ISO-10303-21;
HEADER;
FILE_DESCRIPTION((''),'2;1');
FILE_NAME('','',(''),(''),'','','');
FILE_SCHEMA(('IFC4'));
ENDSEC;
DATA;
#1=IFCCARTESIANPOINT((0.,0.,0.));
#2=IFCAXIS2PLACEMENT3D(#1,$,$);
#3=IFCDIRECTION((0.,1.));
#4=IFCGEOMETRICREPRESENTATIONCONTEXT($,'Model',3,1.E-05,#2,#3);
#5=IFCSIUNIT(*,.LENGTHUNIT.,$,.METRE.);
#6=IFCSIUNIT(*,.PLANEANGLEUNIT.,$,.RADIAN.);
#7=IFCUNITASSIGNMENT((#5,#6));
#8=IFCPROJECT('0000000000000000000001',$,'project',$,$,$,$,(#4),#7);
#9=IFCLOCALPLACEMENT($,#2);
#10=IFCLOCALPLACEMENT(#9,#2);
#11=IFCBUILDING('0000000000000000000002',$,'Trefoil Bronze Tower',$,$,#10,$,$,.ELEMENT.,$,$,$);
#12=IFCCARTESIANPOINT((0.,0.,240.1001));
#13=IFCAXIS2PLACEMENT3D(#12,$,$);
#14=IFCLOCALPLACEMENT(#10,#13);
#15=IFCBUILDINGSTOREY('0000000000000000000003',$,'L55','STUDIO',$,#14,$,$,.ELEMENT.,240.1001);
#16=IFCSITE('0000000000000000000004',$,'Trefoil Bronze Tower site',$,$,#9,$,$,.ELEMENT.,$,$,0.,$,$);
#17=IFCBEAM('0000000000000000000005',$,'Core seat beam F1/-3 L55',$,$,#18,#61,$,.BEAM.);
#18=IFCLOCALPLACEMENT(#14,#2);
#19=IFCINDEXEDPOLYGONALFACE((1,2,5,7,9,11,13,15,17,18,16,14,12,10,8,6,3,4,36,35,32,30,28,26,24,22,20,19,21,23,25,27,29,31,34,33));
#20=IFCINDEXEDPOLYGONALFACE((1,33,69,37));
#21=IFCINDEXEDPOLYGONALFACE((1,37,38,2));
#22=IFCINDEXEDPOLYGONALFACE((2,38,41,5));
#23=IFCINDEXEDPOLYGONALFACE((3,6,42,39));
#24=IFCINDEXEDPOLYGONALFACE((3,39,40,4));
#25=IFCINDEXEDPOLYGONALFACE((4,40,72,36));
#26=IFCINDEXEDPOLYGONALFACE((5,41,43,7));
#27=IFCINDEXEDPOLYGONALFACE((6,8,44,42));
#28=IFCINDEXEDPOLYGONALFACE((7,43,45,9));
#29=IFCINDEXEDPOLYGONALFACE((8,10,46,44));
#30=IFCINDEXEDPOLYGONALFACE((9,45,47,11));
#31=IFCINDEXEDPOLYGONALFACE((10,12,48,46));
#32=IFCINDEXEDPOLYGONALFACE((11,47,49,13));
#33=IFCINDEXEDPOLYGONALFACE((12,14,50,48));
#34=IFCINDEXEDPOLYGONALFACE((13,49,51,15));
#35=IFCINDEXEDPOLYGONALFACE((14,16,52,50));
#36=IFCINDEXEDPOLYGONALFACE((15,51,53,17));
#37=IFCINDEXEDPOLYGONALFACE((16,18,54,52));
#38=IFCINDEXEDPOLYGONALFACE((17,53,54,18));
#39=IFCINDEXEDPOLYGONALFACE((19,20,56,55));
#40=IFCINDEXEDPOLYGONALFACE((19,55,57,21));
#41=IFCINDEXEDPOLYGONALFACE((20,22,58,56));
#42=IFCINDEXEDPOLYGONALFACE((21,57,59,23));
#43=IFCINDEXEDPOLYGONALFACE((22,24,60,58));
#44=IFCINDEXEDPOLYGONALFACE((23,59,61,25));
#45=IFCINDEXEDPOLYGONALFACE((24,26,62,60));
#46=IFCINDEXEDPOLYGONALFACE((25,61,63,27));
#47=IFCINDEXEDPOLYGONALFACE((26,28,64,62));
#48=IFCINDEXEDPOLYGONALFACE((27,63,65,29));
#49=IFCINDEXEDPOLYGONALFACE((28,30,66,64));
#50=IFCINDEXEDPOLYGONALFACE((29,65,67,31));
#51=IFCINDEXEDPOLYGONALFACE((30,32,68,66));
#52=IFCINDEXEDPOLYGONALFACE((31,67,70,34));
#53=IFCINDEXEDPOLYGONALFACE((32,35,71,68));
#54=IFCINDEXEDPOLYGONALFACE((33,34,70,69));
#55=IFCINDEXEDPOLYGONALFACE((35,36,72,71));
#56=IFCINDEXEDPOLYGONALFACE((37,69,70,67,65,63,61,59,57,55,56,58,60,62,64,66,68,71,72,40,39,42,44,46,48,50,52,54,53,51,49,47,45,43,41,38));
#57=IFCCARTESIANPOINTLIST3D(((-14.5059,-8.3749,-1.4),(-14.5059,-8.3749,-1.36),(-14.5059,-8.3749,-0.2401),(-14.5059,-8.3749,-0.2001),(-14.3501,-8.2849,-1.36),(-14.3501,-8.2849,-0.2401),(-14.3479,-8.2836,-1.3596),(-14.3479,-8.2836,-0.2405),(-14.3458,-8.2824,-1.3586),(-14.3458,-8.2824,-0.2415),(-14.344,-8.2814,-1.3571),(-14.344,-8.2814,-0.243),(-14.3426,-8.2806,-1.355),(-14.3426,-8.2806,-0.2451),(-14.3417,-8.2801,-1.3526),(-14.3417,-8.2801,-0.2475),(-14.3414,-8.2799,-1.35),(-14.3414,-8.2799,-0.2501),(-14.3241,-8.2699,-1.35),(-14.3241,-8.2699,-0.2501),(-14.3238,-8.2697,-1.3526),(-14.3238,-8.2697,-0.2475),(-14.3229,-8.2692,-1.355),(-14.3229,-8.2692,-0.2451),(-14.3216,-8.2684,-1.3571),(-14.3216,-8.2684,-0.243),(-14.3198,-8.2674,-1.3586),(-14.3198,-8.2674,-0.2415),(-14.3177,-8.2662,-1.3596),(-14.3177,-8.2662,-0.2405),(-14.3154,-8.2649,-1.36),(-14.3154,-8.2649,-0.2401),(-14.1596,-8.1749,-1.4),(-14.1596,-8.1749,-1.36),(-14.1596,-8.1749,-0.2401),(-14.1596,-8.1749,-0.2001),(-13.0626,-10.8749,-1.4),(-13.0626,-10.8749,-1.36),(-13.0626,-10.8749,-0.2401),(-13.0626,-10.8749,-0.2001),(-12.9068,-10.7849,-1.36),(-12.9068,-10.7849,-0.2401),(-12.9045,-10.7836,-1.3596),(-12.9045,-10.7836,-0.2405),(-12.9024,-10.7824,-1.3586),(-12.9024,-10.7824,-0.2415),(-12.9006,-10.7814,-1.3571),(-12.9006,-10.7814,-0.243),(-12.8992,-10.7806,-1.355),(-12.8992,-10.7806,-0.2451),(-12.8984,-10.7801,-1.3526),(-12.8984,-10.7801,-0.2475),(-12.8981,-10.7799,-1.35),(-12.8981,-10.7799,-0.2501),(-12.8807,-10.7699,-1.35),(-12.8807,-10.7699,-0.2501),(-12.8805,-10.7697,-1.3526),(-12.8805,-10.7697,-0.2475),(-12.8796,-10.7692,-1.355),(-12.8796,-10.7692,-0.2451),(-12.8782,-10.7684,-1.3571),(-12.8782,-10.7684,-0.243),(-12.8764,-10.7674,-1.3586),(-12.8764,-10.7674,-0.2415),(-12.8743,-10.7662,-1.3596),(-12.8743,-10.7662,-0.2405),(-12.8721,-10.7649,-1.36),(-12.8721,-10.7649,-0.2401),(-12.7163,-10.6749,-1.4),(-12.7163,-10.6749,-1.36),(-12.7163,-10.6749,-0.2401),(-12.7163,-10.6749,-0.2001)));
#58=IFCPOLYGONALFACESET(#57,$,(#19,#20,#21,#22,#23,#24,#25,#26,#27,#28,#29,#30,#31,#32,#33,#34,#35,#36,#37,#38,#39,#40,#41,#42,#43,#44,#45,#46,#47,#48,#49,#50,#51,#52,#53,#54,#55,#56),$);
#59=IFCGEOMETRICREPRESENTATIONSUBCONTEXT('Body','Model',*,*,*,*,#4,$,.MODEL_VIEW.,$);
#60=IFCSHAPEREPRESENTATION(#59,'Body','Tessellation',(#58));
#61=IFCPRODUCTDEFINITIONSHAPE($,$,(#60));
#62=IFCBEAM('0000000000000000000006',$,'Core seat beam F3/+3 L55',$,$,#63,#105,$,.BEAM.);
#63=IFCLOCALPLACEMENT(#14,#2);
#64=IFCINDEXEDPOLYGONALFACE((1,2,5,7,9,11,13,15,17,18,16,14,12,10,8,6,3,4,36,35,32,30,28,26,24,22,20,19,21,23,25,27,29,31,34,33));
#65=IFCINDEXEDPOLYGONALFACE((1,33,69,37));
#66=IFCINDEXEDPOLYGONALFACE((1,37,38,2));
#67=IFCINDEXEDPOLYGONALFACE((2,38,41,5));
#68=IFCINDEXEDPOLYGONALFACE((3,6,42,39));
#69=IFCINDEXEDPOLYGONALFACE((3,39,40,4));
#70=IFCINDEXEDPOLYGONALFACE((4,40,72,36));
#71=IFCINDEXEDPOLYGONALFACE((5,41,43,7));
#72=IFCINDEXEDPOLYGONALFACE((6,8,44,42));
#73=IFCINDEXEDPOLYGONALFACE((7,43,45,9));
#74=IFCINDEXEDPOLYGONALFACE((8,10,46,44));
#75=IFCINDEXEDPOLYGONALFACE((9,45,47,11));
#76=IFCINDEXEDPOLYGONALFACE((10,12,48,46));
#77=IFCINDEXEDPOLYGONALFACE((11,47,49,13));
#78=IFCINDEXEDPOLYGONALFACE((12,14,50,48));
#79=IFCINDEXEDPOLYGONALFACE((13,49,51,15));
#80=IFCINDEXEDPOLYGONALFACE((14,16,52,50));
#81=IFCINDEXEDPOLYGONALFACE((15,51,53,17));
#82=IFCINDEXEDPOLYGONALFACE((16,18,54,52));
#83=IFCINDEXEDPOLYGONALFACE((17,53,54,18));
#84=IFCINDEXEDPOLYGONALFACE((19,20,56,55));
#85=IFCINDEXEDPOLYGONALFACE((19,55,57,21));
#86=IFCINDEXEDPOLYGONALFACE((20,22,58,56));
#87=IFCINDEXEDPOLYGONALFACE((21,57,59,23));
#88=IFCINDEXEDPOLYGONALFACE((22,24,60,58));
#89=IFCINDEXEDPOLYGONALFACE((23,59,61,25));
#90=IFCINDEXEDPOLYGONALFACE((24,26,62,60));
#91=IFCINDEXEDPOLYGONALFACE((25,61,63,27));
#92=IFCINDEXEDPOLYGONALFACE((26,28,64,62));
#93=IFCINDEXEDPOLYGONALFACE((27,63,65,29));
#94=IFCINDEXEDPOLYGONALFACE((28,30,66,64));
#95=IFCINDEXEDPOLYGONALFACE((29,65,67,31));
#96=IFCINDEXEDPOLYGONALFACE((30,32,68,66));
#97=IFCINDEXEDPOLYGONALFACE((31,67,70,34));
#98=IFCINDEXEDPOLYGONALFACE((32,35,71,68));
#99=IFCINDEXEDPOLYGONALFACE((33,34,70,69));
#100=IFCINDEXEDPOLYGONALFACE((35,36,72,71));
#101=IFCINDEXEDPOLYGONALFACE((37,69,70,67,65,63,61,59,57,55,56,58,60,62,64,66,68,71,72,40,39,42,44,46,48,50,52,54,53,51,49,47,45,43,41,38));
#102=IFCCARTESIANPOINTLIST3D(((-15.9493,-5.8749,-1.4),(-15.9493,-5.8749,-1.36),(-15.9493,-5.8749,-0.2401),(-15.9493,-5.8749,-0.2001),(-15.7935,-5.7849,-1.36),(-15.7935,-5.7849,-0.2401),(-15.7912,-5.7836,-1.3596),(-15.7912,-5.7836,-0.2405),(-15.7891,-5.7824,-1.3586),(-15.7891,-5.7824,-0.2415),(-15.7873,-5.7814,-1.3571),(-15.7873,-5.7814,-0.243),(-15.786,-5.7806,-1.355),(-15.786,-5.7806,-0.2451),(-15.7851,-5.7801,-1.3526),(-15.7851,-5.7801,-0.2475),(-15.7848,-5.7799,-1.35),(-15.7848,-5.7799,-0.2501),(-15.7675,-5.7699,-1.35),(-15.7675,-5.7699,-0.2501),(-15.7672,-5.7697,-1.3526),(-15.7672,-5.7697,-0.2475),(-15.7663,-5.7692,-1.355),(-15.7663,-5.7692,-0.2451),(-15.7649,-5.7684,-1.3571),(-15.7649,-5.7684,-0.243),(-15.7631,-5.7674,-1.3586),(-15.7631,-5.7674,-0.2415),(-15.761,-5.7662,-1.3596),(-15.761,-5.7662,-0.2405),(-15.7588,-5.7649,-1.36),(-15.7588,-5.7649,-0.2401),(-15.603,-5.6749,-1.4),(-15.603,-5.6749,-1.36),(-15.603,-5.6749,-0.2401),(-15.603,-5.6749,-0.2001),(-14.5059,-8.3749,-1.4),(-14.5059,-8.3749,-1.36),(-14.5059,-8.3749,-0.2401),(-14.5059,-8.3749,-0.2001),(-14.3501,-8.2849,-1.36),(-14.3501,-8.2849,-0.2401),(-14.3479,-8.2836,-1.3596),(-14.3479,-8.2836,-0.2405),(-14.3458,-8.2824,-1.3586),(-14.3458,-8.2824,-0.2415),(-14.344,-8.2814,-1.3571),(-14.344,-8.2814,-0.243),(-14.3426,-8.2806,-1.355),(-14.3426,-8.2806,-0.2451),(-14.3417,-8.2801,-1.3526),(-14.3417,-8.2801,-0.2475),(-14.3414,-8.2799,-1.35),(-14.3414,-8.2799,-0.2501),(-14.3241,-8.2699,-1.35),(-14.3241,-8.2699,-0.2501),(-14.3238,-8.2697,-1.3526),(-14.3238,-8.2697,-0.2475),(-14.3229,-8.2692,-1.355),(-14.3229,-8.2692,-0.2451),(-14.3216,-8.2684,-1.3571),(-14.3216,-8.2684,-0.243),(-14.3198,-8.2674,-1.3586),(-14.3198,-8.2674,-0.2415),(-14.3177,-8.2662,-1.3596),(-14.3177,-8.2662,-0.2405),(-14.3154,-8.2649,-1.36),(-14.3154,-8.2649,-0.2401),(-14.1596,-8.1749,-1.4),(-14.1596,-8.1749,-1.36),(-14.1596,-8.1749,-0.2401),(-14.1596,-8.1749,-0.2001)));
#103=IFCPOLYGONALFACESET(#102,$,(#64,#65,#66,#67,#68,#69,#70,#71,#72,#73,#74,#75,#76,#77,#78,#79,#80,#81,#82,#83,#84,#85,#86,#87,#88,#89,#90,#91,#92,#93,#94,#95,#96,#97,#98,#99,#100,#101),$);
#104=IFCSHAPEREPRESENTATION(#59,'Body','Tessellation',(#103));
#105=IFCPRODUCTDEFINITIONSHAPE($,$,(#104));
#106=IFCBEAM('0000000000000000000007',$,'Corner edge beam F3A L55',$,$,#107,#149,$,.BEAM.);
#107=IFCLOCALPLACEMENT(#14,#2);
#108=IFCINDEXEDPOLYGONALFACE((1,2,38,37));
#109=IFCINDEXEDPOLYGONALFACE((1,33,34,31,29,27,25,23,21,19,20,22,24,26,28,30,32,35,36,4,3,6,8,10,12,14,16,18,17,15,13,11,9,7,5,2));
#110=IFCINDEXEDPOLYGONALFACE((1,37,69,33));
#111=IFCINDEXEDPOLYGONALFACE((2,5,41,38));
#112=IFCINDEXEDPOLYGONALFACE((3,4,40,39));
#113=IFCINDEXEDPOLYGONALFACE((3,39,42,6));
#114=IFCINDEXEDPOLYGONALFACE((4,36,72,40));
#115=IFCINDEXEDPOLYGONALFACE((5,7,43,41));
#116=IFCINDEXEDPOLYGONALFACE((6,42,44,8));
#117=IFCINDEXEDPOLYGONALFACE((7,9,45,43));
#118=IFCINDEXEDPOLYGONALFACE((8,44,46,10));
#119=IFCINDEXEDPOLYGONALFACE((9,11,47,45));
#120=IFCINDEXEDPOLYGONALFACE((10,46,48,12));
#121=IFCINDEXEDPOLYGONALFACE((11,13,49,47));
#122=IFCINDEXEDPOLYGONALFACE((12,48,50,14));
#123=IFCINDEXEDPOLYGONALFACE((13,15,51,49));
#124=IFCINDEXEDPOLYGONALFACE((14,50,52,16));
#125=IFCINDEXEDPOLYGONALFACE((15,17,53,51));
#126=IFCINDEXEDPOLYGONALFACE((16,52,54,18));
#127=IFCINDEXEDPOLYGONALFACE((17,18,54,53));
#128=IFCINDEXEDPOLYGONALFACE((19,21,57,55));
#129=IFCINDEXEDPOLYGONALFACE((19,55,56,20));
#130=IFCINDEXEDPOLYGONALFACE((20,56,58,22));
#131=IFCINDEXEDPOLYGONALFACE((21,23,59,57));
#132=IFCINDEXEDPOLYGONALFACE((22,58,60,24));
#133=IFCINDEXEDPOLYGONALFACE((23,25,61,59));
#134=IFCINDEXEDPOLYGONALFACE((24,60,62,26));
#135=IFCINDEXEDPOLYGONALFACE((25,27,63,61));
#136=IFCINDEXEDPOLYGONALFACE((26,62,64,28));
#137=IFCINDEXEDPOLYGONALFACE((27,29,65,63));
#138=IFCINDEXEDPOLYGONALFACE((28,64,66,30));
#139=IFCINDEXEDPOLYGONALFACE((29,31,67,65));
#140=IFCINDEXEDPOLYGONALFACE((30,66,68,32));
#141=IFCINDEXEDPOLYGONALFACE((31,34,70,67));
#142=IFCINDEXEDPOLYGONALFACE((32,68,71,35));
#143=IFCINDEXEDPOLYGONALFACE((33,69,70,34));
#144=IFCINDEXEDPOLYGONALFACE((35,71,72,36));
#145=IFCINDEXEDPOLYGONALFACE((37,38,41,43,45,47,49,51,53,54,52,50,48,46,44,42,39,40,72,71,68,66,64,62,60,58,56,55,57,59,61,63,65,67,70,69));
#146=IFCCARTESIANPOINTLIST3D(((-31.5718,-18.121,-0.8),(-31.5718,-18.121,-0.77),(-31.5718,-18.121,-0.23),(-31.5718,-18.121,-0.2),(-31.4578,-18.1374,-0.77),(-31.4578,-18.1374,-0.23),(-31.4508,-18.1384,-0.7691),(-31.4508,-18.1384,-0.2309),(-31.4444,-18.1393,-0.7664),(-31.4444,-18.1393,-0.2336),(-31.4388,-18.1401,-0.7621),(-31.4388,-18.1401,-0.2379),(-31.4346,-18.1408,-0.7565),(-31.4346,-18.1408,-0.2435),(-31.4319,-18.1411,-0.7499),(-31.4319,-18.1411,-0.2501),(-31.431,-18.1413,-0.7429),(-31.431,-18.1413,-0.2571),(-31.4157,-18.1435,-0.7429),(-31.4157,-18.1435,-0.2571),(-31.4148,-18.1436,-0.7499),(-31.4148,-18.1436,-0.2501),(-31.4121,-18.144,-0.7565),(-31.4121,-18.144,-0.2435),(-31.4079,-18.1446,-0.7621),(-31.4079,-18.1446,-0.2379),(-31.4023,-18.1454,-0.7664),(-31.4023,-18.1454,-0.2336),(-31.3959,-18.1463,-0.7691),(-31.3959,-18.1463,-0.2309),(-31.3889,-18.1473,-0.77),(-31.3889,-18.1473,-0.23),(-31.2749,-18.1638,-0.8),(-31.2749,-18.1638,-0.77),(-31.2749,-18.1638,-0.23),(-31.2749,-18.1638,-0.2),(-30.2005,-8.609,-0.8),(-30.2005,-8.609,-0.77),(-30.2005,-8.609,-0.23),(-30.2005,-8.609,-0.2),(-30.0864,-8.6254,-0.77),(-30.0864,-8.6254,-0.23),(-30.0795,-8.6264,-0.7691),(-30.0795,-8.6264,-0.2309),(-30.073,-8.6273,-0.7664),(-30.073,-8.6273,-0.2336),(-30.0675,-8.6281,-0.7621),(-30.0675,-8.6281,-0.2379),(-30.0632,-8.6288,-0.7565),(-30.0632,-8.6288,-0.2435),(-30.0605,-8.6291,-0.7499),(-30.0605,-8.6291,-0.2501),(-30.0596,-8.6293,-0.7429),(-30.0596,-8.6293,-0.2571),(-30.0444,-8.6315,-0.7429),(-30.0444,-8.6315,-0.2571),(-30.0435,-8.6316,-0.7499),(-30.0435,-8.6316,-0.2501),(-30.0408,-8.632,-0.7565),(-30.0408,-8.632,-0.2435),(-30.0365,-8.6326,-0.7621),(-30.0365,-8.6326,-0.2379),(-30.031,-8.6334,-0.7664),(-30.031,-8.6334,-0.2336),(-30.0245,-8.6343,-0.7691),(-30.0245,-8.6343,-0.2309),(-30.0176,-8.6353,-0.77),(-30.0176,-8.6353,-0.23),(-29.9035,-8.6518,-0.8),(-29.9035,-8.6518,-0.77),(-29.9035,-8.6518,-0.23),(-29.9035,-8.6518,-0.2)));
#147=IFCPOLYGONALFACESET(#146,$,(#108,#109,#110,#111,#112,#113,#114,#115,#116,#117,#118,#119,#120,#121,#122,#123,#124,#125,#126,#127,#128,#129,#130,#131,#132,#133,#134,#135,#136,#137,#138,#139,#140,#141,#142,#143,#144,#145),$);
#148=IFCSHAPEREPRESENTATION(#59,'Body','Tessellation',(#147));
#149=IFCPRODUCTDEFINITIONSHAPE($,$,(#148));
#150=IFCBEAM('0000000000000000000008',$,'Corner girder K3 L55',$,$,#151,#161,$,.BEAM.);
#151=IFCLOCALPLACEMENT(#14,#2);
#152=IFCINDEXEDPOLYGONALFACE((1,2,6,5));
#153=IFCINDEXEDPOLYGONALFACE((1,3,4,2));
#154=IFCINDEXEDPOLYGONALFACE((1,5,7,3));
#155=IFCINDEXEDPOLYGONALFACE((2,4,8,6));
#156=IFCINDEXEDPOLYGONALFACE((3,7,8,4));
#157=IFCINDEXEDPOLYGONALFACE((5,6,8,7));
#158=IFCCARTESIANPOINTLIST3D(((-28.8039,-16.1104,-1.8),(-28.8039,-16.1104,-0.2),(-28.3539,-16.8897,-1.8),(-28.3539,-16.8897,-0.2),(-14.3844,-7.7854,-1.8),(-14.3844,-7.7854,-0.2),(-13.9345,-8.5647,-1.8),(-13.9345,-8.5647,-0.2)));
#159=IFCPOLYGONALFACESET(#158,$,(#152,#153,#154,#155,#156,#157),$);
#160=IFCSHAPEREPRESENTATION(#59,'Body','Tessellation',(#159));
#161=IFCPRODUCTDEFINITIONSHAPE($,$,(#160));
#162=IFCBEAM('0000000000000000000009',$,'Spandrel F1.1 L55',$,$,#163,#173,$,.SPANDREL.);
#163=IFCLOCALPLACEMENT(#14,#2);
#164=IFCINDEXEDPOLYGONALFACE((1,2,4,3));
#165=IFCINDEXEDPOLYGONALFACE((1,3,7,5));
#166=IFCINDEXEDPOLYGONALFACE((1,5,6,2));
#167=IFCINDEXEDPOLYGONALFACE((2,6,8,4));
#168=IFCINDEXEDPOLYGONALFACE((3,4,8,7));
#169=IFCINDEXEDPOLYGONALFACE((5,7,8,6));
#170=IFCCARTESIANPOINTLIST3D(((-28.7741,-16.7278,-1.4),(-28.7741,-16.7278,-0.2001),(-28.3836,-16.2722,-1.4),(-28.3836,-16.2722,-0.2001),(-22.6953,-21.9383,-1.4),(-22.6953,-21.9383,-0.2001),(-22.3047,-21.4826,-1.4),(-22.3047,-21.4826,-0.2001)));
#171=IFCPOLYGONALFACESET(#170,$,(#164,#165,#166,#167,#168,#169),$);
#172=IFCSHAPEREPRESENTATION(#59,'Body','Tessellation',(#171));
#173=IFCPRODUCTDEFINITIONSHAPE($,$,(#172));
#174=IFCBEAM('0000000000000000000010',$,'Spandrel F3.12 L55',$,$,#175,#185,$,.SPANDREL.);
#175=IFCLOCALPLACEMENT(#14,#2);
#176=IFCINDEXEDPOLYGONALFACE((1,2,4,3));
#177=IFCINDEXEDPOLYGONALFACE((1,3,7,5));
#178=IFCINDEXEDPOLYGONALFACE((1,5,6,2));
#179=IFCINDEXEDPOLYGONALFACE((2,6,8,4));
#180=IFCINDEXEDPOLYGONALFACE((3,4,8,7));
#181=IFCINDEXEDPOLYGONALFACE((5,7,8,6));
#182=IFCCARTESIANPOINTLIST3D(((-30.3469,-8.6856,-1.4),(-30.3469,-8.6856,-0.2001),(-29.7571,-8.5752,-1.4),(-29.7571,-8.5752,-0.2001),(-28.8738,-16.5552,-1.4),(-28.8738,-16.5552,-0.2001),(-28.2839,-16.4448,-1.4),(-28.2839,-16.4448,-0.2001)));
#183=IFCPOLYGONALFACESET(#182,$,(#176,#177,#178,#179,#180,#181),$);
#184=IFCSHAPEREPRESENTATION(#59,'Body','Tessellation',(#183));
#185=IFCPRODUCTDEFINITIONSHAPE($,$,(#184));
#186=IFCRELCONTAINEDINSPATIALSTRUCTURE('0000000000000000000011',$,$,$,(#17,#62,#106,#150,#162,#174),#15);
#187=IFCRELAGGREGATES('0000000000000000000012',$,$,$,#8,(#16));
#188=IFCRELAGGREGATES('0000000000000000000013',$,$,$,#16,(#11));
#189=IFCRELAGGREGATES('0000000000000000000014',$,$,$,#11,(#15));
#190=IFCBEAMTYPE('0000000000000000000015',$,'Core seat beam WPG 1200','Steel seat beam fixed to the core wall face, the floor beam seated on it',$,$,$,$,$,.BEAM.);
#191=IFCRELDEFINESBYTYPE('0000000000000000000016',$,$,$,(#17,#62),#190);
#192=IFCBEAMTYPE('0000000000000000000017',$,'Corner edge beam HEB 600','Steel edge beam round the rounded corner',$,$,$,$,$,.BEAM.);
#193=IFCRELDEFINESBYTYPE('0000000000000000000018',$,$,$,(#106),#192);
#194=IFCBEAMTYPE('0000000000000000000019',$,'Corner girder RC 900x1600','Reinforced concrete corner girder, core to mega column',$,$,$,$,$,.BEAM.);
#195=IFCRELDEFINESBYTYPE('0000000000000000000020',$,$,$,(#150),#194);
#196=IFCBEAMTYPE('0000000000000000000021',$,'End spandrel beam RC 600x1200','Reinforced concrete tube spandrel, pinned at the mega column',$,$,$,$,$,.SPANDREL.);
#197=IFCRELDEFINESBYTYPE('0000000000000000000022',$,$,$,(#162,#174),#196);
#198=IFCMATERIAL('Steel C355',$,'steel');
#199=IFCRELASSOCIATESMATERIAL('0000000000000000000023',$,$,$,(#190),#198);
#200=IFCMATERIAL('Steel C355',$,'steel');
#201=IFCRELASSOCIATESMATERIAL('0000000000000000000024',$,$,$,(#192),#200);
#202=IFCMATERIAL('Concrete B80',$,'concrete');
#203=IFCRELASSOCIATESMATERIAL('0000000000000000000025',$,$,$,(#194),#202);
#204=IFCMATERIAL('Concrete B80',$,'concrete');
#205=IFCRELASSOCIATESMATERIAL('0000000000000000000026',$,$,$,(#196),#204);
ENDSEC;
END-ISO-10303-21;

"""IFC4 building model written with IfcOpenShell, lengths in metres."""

from ifc_helpers import new_model, si_unit, direction, frame, origin, origin_2d, place, context, subcontext, project, spatial, rectangle, i_section, extrude, material, material_profile, profile_set, type_object, element, save


model = new_model("IFC4")

# Units and contexts
model_context = context("Model", 3, precision=1e-05, world=origin(), true_north=direction((0.0, 1.0)))
body_context = subcontext(model_context, "Body", "Model", "MODEL_VIEW")
ifc_project = project(units=[si_unit("LENGTHUNIT", "METRE"), si_unit("PLANEANGLEUNIT", "RADIAN")], contexts=[model_context])

# Site, building, storey
site_placement = place(None, origin())
site = spatial("IfcSite", under=ifc_project, at=site_placement, Name="Trefoil Bronze Tower site", CompositionType="ELEMENT", RefElevation=0.0)
building_placement = place(site_placement, origin())
building = spatial("IfcBuilding", under=site, at=building_placement, Name="Trefoil Bronze Tower", CompositionType="ELEMENT")
storey_placement = place(building_placement, frame((0.0, 0.0, 240.1001)))
storey = spatial("IfcBuildingStorey", under=building, at=storey_placement, Name="L55", Description="STUDIO", CompositionType="ELEMENT", Elevation=240.1001)

# Beams
ifc_material_1 = material(Name="Steel C355", Category="steel")
ifc_material_profile_1 = material_profile(ifc_material_1, i_section(OverallWidth=0.3999, OverallDepth=1.2, WebThickness=0.02, FlangeThickness=0.04, FilletRadius=0.01, at=origin_2d()), Name="WPG 1200")
ifc_profile_set_1 = profile_set([ifc_material_profile_1], Name="Steel C355")
beam_type_1 = type_object("IfcBeamType", Name="Core seat beam WPG 1200", Description="Steel seat beam fixed to the core wall face, the floor beam seated on it", PredefinedType="BEAM", material=ifc_profile_set_1)
for number, where, z_axis, x_axis, name in (
    (1, (-14.3328, -8.2749, -0.8), (0.499996, -0.866028, 0.0), (0.866028, 0.499996, 0.0), "Core seat beam F1/-3 L55"),
    (2, (-15.7761, -5.7749, -0.8), (0.499996, -0.866028, 0.0), (0.866028, 0.499996, 0.0), "Core seat beam F3/+3 L55"),
):
    element("IfcBeam", number, at=place(storey_placement, frame(where, z_axis=z_axis, x_axis=x_axis)), inside=storey, type_object=beam_type_1, Name=name, PredefinedType="BEAM", context=body_context, shape_type="SweptSolid", body=[
        extrude(i_section(OverallWidth=0.3999, OverallDepth=1.2, WebThickness=0.02, FlangeThickness=0.04, FilletRadius=0.01, at=origin_2d()), origin(), (0.0, 0.0, 1.0), 2.8867),
    ])
ifc_material_2 = material(Name="Steel C355", Category="steel")
ifc_material_profile_2 = material_profile(ifc_material_2, i_section(OverallWidth=0.3, OverallDepth=0.6001, WebThickness=0.0154, FlangeThickness=0.03, FilletRadius=0.0271, at=origin_2d()), Name="HEB 600")
ifc_profile_set_2 = profile_set([ifc_material_profile_2], Name="Steel C355")
beam_type_2 = type_object("IfcBeamType", Name="Corner edge beam HEB 600", Description="Steel edge beam round the rounded corner", PredefinedType="BEAM", material=ifc_profile_set_2)
beam_1_placement = place(storey_placement, frame((-30.052, -8.6304, -0.5), z_axis=(-0.142694, -0.989767, 0.0), x_axis=(0.989767, -0.142694, 0.0)))
element("IfcBeam", 3, at=beam_1_placement, inside=storey, type_object=beam_type_2, Name="Corner edge beam F3A L55", PredefinedType="BEAM", context=body_context, shape_type="SweptSolid", body=[
    extrude(i_section(OverallWidth=0.3, OverallDepth=0.6001, WebThickness=0.0154, FlangeThickness=0.03, FilletRadius=0.0271, at=origin_2d()), origin(), (0.0, 0.0, 1.0), 9.6104),
])
ifc_material_3 = material(Name="Concrete B80", Category="concrete")
ifc_material_profile_3 = material_profile(ifc_material_3, rectangle(XDim=0.8999, YDim=1.6001, at=origin_2d()), Name="RC 900x1600")
ifc_profile_set_3 = profile_set([ifc_material_profile_3], Name="Concrete B80")
beam_type_3 = type_object("IfcBeamType", Name="Corner girder RC 900x1600", Description="Reinforced concrete corner girder, core to mega column", PredefinedType="BEAM", material=ifc_profile_set_3)
beam_2_placement = place(storey_placement, frame((-14.1594, -8.175, -1.0), z_axis=(-0.866028, -0.499995, 0.0), x_axis=(0.499995, -0.866028, 0.0)))
element("IfcBeam", 4, at=beam_2_placement, inside=storey, type_object=beam_type_3, Name="Corner girder K3 L55", PredefinedType="BEAM", context=body_context, shape_type="SweptSolid", body=[
    extrude(rectangle(XDim=0.8999, YDim=1.6001, at=origin_2d()), origin(), (0.0, 0.0, 1.0), 16.6501),
])
ifc_material_4 = material(Name="Concrete B80", Category="concrete")
ifc_material_profile_4 = material_profile(ifc_material_4, rectangle(XDim=0.6001, YDim=1.2, at=origin_2d()), Name="RC 600x1200")
ifc_profile_set_4 = profile_set([ifc_material_profile_4], Name="Concrete B80")
beam_type_4 = type_object("IfcBeamType", Name="End spandrel beam RC 600x1200", Description="Reinforced concrete tube spandrel, pinned at the mega column", PredefinedType="SPANDREL", material=ifc_profile_set_4)
for number, where, z_axis, x_axis, name in (
    (5, (-28.5789, -16.5, -0.8), (0.759257, -0.650791, 0.0), (0.650791, 0.759257, 0.0), "Spandrel F1.1 L55"),
    (6, (-30.052, -8.6304, -0.8), (0.183998, -0.982927, 0.0), (0.982927, 0.183998, 0.0), "Spandrel F3.12 L55"),
):
    element("IfcBeam", number, at=place(storey_placement, frame(where, z_axis=z_axis, x_axis=x_axis)), inside=storey, type_object=beam_type_4, Name=name, PredefinedType="SPANDREL", context=body_context, shape_type="SweptSolid", body=[
        extrude(rectangle(XDim=0.6001, YDim=1.2, at=origin_2d()), origin(), (0.0, 0.0, 1.0), 8.0063),
    ])

save(model, "model.ifc")
